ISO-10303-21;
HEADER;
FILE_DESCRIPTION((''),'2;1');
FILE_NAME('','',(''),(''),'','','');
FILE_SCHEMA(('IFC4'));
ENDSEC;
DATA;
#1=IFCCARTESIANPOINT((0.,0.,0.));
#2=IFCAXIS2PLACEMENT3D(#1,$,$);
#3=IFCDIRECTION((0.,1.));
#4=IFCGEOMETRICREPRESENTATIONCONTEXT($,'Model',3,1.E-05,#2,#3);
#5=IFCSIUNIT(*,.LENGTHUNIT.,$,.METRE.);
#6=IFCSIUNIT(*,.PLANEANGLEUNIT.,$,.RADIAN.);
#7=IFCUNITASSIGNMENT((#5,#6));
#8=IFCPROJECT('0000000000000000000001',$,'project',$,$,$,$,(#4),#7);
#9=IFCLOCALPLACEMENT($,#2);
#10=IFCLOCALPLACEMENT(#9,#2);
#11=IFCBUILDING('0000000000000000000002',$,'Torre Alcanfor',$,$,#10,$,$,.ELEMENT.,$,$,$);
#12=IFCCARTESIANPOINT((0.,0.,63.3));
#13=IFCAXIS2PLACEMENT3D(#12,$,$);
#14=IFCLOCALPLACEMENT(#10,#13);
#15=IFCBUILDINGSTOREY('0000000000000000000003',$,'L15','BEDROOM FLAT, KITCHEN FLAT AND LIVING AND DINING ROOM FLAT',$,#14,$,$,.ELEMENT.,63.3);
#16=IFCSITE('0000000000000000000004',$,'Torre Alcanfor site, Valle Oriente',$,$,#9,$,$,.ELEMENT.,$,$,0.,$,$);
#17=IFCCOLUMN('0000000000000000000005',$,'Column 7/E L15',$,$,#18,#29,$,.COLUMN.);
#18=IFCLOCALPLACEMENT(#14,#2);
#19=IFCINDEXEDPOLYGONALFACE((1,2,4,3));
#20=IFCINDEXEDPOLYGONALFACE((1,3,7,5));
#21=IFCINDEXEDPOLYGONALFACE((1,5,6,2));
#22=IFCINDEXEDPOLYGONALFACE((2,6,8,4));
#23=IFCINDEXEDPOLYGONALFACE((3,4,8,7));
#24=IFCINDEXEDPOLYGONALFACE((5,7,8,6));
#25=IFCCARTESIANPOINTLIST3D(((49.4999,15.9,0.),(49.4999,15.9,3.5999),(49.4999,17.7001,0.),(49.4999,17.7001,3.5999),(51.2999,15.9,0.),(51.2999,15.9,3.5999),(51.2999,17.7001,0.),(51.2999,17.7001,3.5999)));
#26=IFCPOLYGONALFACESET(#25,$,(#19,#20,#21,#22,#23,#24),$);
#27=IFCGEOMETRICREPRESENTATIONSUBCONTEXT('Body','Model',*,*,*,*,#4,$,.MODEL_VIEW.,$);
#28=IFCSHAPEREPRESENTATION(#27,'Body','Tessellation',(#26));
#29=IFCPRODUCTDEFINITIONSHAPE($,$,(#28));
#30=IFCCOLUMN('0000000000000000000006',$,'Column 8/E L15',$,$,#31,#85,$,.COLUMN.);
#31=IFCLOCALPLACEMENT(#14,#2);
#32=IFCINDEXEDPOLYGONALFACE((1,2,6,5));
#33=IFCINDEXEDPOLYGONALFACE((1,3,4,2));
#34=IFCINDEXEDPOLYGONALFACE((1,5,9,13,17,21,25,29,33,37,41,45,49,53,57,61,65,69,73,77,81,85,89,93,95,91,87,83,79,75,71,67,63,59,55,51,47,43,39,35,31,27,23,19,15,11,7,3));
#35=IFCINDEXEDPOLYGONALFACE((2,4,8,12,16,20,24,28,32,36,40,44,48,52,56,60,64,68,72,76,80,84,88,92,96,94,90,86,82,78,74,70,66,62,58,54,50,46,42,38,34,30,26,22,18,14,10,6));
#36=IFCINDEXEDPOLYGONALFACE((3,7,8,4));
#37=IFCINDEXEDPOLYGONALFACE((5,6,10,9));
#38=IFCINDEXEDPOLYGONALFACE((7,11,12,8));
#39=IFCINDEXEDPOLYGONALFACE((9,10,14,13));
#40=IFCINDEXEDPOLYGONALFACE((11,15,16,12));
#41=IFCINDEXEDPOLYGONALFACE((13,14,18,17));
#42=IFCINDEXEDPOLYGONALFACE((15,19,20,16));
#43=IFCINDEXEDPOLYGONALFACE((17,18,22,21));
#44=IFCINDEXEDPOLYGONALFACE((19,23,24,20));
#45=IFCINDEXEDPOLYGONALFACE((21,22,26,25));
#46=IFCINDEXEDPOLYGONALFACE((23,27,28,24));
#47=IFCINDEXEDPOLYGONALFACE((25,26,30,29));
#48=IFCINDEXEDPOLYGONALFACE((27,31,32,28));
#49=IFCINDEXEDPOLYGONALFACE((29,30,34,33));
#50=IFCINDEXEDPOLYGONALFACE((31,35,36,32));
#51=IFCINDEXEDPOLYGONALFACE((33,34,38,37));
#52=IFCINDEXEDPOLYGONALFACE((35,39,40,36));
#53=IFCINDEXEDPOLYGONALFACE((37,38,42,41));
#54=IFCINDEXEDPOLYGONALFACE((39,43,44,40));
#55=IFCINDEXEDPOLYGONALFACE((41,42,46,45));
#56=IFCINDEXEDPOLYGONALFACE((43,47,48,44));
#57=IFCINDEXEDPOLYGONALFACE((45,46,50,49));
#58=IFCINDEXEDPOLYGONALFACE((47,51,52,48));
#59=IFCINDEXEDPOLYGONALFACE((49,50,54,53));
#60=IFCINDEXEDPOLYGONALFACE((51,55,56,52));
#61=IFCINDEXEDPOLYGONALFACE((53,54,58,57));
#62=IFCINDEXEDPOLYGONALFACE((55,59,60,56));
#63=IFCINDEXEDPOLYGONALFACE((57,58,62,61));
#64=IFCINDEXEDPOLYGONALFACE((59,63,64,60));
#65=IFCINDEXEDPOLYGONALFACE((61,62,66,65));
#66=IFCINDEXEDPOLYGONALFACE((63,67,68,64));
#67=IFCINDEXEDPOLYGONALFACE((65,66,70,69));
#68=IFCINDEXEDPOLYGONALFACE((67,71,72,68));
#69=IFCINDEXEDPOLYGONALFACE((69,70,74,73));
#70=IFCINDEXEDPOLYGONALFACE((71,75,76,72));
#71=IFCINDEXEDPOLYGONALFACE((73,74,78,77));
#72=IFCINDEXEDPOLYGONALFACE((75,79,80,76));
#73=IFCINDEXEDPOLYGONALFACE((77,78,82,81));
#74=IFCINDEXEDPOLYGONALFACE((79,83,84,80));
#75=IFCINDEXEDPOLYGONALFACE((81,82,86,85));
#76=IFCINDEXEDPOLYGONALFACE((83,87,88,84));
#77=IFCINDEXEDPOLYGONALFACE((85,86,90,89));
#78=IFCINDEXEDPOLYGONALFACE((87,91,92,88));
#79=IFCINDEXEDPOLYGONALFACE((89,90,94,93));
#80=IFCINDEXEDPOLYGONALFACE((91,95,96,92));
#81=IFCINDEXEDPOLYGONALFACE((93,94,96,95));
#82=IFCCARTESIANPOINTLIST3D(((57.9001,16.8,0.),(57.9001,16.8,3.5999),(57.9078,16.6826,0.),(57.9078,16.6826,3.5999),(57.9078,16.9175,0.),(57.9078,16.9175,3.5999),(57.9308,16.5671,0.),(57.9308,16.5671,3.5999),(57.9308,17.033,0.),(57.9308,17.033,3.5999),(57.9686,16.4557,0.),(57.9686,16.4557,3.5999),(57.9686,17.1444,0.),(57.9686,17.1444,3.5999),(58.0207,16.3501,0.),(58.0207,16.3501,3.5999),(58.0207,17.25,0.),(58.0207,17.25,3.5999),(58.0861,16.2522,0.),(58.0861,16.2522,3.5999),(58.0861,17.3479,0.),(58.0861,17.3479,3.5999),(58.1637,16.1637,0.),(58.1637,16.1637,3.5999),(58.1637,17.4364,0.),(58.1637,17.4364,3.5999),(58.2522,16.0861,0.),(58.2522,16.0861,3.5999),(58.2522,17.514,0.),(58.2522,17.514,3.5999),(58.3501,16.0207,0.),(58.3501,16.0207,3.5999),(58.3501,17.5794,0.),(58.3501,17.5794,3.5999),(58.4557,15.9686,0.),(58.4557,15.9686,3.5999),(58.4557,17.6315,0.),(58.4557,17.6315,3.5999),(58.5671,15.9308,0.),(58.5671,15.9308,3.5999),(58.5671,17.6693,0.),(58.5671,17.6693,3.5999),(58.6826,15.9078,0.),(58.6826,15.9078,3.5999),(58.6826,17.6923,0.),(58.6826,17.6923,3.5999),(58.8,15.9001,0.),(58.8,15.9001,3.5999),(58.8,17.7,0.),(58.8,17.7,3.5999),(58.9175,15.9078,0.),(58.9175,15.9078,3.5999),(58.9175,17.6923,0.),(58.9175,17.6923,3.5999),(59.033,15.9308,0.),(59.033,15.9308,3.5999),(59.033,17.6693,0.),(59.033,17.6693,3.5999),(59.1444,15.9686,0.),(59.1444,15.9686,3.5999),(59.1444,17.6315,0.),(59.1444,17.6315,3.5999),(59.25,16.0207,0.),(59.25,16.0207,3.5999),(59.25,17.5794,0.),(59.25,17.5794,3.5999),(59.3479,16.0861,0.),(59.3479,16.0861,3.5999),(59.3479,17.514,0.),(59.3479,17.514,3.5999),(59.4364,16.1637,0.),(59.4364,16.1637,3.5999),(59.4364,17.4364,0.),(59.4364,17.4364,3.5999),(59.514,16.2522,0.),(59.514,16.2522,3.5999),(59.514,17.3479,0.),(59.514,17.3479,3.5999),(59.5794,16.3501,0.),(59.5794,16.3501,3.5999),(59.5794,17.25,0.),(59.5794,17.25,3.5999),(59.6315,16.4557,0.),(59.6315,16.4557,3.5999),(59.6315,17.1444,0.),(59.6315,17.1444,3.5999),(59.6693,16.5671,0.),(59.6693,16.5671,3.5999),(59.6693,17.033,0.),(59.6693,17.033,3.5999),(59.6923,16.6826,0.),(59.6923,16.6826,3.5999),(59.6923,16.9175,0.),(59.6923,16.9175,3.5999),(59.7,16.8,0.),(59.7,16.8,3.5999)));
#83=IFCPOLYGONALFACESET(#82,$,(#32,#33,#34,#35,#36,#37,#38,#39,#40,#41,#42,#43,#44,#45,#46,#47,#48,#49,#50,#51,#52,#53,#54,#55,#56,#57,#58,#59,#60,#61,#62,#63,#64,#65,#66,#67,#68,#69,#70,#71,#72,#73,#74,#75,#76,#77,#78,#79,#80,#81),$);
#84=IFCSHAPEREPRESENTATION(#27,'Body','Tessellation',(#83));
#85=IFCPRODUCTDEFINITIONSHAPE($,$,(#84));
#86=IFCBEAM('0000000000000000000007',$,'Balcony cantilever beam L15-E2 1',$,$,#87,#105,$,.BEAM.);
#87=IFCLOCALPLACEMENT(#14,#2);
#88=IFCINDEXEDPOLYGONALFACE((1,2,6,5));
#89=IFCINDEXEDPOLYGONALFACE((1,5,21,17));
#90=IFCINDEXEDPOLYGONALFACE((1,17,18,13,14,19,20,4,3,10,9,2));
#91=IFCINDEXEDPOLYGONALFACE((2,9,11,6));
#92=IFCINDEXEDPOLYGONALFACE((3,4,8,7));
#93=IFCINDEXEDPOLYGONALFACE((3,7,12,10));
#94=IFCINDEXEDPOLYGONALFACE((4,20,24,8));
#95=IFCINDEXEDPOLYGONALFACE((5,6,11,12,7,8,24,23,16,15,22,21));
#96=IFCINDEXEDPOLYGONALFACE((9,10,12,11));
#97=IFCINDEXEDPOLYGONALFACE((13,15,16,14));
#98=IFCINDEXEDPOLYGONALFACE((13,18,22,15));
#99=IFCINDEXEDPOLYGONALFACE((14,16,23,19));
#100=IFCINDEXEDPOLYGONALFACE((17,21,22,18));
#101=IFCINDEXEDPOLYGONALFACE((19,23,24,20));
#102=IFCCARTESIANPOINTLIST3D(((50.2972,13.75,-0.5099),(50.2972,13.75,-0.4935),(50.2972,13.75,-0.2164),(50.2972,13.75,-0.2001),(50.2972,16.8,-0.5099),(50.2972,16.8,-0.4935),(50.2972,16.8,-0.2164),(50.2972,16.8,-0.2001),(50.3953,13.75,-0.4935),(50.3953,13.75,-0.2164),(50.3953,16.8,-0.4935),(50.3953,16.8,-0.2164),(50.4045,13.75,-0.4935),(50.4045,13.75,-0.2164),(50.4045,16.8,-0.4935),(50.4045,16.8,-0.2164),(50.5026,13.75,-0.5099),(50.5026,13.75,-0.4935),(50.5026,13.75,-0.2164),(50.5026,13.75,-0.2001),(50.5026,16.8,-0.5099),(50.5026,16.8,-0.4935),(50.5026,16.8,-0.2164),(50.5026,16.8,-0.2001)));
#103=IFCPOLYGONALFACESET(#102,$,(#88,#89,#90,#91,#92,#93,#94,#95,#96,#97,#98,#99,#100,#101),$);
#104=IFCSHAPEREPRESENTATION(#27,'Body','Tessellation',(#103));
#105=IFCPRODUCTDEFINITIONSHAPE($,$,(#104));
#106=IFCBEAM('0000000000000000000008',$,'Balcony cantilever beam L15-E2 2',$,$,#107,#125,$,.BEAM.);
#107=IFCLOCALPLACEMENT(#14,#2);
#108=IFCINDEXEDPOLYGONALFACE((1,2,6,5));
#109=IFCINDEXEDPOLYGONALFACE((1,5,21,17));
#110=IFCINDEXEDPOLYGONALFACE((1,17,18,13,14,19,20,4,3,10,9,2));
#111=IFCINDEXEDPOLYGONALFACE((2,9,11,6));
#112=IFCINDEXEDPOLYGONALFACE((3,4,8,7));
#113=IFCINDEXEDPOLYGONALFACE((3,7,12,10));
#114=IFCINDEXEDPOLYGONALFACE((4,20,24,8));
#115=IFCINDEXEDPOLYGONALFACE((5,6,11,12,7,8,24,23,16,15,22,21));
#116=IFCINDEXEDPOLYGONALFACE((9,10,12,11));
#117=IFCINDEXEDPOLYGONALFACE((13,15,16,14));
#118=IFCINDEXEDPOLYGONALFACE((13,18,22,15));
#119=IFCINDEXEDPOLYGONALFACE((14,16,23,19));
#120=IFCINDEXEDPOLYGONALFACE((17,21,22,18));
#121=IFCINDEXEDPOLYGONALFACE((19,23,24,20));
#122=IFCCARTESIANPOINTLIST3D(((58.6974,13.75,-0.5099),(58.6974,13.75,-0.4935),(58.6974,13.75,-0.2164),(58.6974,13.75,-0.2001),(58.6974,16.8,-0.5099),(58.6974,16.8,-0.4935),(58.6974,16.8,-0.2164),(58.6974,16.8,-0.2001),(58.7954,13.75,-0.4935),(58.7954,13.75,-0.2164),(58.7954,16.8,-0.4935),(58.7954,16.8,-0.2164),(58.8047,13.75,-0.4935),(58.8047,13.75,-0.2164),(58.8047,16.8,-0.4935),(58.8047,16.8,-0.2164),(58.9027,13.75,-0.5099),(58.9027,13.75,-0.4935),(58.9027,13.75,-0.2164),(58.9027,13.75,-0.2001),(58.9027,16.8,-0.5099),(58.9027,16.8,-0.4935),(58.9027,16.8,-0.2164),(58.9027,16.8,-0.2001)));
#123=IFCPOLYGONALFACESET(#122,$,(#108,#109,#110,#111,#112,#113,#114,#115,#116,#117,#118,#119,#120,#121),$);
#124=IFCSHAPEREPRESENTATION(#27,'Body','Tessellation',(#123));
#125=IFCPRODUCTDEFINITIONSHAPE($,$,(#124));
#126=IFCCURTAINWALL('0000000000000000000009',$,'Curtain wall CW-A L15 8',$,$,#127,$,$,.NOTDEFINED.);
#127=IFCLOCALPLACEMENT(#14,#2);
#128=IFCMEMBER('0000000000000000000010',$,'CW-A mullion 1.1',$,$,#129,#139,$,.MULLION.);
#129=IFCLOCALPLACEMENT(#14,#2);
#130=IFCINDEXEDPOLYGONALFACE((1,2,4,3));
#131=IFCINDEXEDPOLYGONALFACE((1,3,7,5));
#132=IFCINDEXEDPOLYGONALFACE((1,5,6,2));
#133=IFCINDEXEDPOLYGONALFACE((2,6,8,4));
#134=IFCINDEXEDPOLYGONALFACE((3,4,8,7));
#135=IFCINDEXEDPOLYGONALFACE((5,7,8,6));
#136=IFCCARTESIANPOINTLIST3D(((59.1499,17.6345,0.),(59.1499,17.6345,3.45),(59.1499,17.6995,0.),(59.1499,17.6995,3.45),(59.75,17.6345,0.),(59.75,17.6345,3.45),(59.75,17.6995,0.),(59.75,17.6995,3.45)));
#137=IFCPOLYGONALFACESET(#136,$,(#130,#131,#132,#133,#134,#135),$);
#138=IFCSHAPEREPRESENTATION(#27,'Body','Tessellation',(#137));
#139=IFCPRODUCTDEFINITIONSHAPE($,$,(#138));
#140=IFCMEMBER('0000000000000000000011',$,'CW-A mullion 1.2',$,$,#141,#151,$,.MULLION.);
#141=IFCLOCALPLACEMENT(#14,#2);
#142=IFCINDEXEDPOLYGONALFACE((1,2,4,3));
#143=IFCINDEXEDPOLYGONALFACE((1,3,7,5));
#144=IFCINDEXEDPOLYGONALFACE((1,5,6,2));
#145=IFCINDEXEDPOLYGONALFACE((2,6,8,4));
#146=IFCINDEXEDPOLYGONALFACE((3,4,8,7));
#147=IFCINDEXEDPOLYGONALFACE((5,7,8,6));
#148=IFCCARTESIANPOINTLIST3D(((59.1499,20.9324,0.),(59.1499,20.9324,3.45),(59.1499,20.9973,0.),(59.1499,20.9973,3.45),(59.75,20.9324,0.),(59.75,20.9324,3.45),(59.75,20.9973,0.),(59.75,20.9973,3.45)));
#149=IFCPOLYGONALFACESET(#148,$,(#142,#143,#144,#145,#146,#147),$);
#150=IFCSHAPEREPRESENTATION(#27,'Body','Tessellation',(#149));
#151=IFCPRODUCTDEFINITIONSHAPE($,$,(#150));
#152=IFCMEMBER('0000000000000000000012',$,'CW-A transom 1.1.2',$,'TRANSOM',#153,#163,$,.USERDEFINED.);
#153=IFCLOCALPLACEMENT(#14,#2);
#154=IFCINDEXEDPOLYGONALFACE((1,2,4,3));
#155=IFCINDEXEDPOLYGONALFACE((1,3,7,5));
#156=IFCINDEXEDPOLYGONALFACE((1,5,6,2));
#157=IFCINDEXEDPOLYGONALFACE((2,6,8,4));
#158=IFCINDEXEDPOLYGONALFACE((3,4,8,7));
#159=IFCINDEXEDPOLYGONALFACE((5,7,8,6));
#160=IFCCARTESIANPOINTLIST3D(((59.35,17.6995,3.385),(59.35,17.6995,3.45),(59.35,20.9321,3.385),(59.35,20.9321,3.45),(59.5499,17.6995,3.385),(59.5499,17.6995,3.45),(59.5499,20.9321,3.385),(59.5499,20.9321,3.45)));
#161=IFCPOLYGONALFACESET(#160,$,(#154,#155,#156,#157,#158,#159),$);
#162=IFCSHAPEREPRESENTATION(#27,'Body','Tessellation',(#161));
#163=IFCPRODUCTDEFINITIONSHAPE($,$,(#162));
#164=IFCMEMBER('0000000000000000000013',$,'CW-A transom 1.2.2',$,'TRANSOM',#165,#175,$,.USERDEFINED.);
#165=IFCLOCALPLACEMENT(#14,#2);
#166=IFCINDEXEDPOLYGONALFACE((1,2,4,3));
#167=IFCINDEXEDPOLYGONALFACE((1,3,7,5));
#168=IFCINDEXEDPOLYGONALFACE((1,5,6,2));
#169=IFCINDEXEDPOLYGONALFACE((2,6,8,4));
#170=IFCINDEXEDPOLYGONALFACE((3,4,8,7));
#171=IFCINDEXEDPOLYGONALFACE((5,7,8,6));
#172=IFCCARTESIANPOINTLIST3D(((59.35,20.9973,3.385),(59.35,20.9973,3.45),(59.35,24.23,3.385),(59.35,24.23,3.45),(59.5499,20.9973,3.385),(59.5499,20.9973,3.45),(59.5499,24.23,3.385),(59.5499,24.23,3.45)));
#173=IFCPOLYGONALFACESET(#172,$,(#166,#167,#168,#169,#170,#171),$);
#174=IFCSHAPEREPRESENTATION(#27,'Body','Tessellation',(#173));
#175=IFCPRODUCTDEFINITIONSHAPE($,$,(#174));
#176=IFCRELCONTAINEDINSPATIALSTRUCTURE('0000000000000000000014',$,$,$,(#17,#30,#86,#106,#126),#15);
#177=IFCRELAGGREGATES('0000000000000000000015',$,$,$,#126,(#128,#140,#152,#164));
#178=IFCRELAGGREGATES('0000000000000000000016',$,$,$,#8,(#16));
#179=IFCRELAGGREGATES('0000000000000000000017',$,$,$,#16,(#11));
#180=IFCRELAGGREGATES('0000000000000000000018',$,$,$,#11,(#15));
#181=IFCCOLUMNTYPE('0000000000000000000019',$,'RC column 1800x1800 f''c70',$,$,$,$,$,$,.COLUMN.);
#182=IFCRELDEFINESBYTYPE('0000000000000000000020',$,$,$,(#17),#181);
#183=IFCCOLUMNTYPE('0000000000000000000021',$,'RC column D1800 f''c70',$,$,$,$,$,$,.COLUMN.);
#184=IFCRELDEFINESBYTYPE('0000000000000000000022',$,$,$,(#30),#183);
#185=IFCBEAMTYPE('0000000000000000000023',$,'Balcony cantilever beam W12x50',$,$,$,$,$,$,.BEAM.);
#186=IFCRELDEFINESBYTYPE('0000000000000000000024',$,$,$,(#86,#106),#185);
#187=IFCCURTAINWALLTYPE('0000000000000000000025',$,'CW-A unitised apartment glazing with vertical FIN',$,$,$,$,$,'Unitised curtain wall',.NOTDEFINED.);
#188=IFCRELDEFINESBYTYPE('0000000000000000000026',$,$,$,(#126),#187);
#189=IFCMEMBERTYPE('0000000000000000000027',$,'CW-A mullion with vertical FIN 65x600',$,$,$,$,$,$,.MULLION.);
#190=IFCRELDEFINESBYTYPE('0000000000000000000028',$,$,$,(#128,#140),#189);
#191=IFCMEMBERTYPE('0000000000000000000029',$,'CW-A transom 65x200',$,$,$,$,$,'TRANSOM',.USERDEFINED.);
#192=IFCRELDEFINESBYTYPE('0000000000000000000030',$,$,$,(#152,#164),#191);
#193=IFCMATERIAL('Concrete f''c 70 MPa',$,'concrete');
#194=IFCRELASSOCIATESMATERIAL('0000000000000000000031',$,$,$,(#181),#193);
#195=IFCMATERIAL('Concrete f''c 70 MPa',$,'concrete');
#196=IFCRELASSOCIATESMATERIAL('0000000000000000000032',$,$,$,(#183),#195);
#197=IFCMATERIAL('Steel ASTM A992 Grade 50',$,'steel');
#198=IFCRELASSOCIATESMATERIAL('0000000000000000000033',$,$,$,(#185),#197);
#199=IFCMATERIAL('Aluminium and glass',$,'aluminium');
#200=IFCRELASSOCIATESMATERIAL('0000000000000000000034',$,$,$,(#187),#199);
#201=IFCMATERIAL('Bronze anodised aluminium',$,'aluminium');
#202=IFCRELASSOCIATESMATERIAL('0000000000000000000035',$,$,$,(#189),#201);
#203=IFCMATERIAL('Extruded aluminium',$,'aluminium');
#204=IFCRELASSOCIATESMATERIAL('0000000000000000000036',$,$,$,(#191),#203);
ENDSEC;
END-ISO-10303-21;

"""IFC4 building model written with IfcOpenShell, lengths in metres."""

from ifc_helpers import new_model, si_unit, direction, frame, origin, origin_2d, place, context, subcontext, project, spatial, rectangle, circle, i_section, extrude, material, material_profile, profile_set, type_object, element, aggregate, save


model = new_model("IFC4")

# Units and contexts
model_context = context("Model", 3, precision=1e-05, world=origin(), true_north=direction((0.0, 1.0)))
body_context = subcontext(model_context, "Body", "Model", "MODEL_VIEW")
ifc_project = project(units=[si_unit("LENGTHUNIT", "METRE"), si_unit("PLANEANGLEUNIT", "RADIAN")], contexts=[model_context])

# Site, building, storey
site_placement = place(None, origin())
site = spatial("IfcSite", under=ifc_project, at=site_placement, Name="Torre Alcanfor site, Valle Oriente", CompositionType="ELEMENT", RefElevation=0.0)
building_placement = place(site_placement, origin())
building = spatial("IfcBuilding", under=site, at=building_placement, Name="Torre Alcanfor", CompositionType="ELEMENT")
storey_placement = place(building_placement, frame((0.0, 0.0, 63.3)))
storey = spatial("IfcBuildingStorey", under=building, at=storey_placement, Name="L15", Description="BEDROOM FLAT, KITCHEN FLAT AND LIVING AND DINING ROOM FLAT", CompositionType="ELEMENT", Elevation=63.3)

# Columns
ifc_material_1 = material(Name="Concrete f'c 70 MPa", Category="concrete")
ifc_material_profile_1 = material_profile(ifc_material_1, rectangle(XDim=1.8, YDim=1.8, at=origin_2d()), Name="1800x1800")
ifc_profile_set_1 = profile_set([ifc_material_profile_1], Name="Concrete f'c 70 MPa")
column_type_1 = type_object("IfcColumnType", Name="RC column 1800x1800 f'c70", PredefinedType="COLUMN", material=ifc_profile_set_1)
column_1_placement = place(storey_placement, frame((50.3999, 16.8, 0.0), z_axis=(0.0, 0.0, 1.0), x_axis=(1.0, 0.0, 0.0)))
element("IfcColumn", 1, at=column_1_placement, inside=storey, type_object=column_type_1, Name="Column 7/E L15", PredefinedType="COLUMN", context=body_context, shape_type="SweptSolid", body=[
    extrude(rectangle(XDim=1.8, YDim=1.8, at=origin_2d()), origin(), (0.0, 0.0, 1.0), 3.5999),
])
ifc_material_2 = material(Name="Concrete f'c 70 MPa", Category="concrete")
ifc_material_profile_2 = material_profile(ifc_material_2, circle(Radius=0.8999, at=origin_2d()), Name="D1800")
ifc_profile_set_2 = profile_set([ifc_material_profile_2], Name="Concrete f'c 70 MPa")
column_type_2 = type_object("IfcColumnType", Name="RC column D1800 f'c70", PredefinedType="COLUMN", material=ifc_profile_set_2)
column_2_placement = place(storey_placement, frame((58.8, 16.8, 0.0), z_axis=(0.0, 0.0, 1.0), x_axis=(1.0, 0.0, 0.0)))
element("IfcColumn", 2, at=column_2_placement, inside=storey, type_object=column_type_2, Name="Column 8/E L15", PredefinedType="COLUMN", context=body_context, shape_type="SweptSolid", body=[
    extrude(circle(Radius=0.8999, at=origin_2d()), origin(), (0.0, 0.0, 1.0), 3.5999),
])

# Beams
ifc_material_3 = material(Name="Steel ASTM A992 Grade 50", Category="steel")
ifc_material_profile_3 = material_profile(ifc_material_3, i_section(OverallWidth=0.2053, OverallDepth=0.3098, WebThickness=0.0093, FlangeThickness=0.0164, at=origin_2d()), Name="W12x50")
ifc_profile_set_3 = profile_set([ifc_material_profile_3], Name="Steel ASTM A992 Grade 50")
beam_type_1 = type_object("IfcBeamType", Name="Balcony cantilever beam W12x50", PredefinedType="BEAM", material=ifc_profile_set_3)
for number, where, z_axis, x_axis, name in (
    (3, (50.3999, 16.8, -0.355), (0.0, -1.0, 0.0), (1.0, 0.0, 0.0), "Balcony cantilever beam L15-E2 1"),
    (4, (58.8, 16.8, -0.355), (0.0, -1.0, 0.0), (1.0, 0.0, 0.0), "Balcony cantilever beam L15-E2 2"),
):
    element("IfcBeam", number, at=place(storey_placement, frame(where, z_axis=z_axis, x_axis=x_axis)), inside=storey, type_object=beam_type_1, Name=name, PredefinedType="BEAM", context=body_context, shape_type="SweptSolid", body=[
        extrude(i_section(OverallWidth=0.2053, OverallDepth=0.3098, WebThickness=0.0093, FlangeThickness=0.0164, at=origin_2d()), origin(), (0.0, 0.0, 1.0), 3.05),
    ])

# Curtain wall, members
ifc_material_4 = material(Name="Aluminium and glass", Category="aluminium")
curtain_wall_type = type_object("IfcCurtainWallType", Name="CW-A unitised apartment glazing with vertical FIN", ElementType="Unitised curtain wall", PredefinedType="NOTDEFINED", material=ifc_material_4)
curtain_wall_placement = place(storey_placement, origin())
curtain_wall = element("IfcCurtainWall", 5, at=curtain_wall_placement, inside=storey, type_object=curtain_wall_type, Name="Curtain wall CW-A L15 8", PredefinedType="NOTDEFINED")
ifc_material_5 = material(Name="Bronze anodised aluminium", Category="aluminium")
ifc_material_profile_4 = material_profile(ifc_material_5, rectangle(XDim=0.6001, YDim=0.0649, at=origin_2d()), Name="CW-A mullion 65x600")
ifc_profile_set_4 = profile_set([ifc_material_profile_4], Name="Bronze anodised aluminium")
member_type_1 = type_object("IfcMemberType", Name="CW-A mullion with vertical FIN 65x600", PredefinedType="MULLION", material=ifc_profile_set_4)
member_1_placement = place(storey_placement, frame((59.45, 17.667, 0.0), z_axis=(0.0, 0.0, 1.0), x_axis=(-1.0, 0.0, 0.0)))
member_1 = element("IfcMember", 6, at=member_1_placement, type_object=member_type_1, Name="CW-A mullion 1.1", PredefinedType="MULLION", context=body_context, shape_type="SweptSolid", body=[
    extrude(rectangle(XDim=0.6001, YDim=0.0649, at=origin_2d()), origin(), (0.0, 0.0, 1.0), 3.45),
])
member_2_placement = place(storey_placement, frame((59.45, 20.9648, 0.0), z_axis=(0.0, 0.0, 1.0), x_axis=(-1.0, 0.0, 0.0)))
member_2 = element("IfcMember", 7, at=member_2_placement, type_object=member_type_1, Name="CW-A mullion 1.2", PredefinedType="MULLION", context=body_context, shape_type="SweptSolid", body=[
    extrude(rectangle(XDim=0.6001, YDim=0.0649, at=origin_2d()), origin(), (0.0, 0.0, 1.0), 3.45),
])
ifc_material_6 = material(Name="Extruded aluminium", Category="aluminium")
ifc_material_profile_5 = material_profile(ifc_material_6, rectangle(XDim=0.2, YDim=0.0649, at=origin_2d()), Name="CW-A transom 200x65")
ifc_profile_set_5 = profile_set([ifc_material_profile_5], Name="Extruded aluminium")
member_type_2 = type_object("IfcMemberType", Name="CW-A transom 65x200", ElementType="TRANSOM", PredefinedType="USERDEFINED", material=ifc_profile_set_5)
member_3_placement = place(storey_placement, frame((59.45, 17.6995, 3.4175), z_axis=(0.0, 1.0, 0.0), x_axis=(-1.0, 0.0, 0.0)))
member_3 = element("IfcMember", 8, at=member_3_placement, type_object=member_type_2, Name="CW-A transom 1.1.2", ObjectType="TRANSOM", PredefinedType="USERDEFINED", context=body_context, shape_type="SweptSolid", body=[
    extrude(rectangle(XDim=0.2, YDim=0.0649, at=origin_2d()), origin(), (0.0, 0.0, 1.0), 3.2327),
])
member_4_placement = place(storey_placement, frame((59.45, 20.9973, 3.4175), z_axis=(0.0, 1.0, 0.0), x_axis=(-1.0, 0.0, 0.0)))
member_4 = element("IfcMember", 9, at=member_4_placement, type_object=member_type_2, Name="CW-A transom 1.2.2", ObjectType="TRANSOM", PredefinedType="USERDEFINED", context=body_context, shape_type="SweptSolid", body=[
    extrude(rectangle(XDim=0.2, YDim=0.0649, at=origin_2d()), origin(), (0.0, 0.0, 1.0), 3.2327),
])

aggregate(curtain_wall, [member_1, member_2, member_3, member_4])

save(model, "model.ifc")
